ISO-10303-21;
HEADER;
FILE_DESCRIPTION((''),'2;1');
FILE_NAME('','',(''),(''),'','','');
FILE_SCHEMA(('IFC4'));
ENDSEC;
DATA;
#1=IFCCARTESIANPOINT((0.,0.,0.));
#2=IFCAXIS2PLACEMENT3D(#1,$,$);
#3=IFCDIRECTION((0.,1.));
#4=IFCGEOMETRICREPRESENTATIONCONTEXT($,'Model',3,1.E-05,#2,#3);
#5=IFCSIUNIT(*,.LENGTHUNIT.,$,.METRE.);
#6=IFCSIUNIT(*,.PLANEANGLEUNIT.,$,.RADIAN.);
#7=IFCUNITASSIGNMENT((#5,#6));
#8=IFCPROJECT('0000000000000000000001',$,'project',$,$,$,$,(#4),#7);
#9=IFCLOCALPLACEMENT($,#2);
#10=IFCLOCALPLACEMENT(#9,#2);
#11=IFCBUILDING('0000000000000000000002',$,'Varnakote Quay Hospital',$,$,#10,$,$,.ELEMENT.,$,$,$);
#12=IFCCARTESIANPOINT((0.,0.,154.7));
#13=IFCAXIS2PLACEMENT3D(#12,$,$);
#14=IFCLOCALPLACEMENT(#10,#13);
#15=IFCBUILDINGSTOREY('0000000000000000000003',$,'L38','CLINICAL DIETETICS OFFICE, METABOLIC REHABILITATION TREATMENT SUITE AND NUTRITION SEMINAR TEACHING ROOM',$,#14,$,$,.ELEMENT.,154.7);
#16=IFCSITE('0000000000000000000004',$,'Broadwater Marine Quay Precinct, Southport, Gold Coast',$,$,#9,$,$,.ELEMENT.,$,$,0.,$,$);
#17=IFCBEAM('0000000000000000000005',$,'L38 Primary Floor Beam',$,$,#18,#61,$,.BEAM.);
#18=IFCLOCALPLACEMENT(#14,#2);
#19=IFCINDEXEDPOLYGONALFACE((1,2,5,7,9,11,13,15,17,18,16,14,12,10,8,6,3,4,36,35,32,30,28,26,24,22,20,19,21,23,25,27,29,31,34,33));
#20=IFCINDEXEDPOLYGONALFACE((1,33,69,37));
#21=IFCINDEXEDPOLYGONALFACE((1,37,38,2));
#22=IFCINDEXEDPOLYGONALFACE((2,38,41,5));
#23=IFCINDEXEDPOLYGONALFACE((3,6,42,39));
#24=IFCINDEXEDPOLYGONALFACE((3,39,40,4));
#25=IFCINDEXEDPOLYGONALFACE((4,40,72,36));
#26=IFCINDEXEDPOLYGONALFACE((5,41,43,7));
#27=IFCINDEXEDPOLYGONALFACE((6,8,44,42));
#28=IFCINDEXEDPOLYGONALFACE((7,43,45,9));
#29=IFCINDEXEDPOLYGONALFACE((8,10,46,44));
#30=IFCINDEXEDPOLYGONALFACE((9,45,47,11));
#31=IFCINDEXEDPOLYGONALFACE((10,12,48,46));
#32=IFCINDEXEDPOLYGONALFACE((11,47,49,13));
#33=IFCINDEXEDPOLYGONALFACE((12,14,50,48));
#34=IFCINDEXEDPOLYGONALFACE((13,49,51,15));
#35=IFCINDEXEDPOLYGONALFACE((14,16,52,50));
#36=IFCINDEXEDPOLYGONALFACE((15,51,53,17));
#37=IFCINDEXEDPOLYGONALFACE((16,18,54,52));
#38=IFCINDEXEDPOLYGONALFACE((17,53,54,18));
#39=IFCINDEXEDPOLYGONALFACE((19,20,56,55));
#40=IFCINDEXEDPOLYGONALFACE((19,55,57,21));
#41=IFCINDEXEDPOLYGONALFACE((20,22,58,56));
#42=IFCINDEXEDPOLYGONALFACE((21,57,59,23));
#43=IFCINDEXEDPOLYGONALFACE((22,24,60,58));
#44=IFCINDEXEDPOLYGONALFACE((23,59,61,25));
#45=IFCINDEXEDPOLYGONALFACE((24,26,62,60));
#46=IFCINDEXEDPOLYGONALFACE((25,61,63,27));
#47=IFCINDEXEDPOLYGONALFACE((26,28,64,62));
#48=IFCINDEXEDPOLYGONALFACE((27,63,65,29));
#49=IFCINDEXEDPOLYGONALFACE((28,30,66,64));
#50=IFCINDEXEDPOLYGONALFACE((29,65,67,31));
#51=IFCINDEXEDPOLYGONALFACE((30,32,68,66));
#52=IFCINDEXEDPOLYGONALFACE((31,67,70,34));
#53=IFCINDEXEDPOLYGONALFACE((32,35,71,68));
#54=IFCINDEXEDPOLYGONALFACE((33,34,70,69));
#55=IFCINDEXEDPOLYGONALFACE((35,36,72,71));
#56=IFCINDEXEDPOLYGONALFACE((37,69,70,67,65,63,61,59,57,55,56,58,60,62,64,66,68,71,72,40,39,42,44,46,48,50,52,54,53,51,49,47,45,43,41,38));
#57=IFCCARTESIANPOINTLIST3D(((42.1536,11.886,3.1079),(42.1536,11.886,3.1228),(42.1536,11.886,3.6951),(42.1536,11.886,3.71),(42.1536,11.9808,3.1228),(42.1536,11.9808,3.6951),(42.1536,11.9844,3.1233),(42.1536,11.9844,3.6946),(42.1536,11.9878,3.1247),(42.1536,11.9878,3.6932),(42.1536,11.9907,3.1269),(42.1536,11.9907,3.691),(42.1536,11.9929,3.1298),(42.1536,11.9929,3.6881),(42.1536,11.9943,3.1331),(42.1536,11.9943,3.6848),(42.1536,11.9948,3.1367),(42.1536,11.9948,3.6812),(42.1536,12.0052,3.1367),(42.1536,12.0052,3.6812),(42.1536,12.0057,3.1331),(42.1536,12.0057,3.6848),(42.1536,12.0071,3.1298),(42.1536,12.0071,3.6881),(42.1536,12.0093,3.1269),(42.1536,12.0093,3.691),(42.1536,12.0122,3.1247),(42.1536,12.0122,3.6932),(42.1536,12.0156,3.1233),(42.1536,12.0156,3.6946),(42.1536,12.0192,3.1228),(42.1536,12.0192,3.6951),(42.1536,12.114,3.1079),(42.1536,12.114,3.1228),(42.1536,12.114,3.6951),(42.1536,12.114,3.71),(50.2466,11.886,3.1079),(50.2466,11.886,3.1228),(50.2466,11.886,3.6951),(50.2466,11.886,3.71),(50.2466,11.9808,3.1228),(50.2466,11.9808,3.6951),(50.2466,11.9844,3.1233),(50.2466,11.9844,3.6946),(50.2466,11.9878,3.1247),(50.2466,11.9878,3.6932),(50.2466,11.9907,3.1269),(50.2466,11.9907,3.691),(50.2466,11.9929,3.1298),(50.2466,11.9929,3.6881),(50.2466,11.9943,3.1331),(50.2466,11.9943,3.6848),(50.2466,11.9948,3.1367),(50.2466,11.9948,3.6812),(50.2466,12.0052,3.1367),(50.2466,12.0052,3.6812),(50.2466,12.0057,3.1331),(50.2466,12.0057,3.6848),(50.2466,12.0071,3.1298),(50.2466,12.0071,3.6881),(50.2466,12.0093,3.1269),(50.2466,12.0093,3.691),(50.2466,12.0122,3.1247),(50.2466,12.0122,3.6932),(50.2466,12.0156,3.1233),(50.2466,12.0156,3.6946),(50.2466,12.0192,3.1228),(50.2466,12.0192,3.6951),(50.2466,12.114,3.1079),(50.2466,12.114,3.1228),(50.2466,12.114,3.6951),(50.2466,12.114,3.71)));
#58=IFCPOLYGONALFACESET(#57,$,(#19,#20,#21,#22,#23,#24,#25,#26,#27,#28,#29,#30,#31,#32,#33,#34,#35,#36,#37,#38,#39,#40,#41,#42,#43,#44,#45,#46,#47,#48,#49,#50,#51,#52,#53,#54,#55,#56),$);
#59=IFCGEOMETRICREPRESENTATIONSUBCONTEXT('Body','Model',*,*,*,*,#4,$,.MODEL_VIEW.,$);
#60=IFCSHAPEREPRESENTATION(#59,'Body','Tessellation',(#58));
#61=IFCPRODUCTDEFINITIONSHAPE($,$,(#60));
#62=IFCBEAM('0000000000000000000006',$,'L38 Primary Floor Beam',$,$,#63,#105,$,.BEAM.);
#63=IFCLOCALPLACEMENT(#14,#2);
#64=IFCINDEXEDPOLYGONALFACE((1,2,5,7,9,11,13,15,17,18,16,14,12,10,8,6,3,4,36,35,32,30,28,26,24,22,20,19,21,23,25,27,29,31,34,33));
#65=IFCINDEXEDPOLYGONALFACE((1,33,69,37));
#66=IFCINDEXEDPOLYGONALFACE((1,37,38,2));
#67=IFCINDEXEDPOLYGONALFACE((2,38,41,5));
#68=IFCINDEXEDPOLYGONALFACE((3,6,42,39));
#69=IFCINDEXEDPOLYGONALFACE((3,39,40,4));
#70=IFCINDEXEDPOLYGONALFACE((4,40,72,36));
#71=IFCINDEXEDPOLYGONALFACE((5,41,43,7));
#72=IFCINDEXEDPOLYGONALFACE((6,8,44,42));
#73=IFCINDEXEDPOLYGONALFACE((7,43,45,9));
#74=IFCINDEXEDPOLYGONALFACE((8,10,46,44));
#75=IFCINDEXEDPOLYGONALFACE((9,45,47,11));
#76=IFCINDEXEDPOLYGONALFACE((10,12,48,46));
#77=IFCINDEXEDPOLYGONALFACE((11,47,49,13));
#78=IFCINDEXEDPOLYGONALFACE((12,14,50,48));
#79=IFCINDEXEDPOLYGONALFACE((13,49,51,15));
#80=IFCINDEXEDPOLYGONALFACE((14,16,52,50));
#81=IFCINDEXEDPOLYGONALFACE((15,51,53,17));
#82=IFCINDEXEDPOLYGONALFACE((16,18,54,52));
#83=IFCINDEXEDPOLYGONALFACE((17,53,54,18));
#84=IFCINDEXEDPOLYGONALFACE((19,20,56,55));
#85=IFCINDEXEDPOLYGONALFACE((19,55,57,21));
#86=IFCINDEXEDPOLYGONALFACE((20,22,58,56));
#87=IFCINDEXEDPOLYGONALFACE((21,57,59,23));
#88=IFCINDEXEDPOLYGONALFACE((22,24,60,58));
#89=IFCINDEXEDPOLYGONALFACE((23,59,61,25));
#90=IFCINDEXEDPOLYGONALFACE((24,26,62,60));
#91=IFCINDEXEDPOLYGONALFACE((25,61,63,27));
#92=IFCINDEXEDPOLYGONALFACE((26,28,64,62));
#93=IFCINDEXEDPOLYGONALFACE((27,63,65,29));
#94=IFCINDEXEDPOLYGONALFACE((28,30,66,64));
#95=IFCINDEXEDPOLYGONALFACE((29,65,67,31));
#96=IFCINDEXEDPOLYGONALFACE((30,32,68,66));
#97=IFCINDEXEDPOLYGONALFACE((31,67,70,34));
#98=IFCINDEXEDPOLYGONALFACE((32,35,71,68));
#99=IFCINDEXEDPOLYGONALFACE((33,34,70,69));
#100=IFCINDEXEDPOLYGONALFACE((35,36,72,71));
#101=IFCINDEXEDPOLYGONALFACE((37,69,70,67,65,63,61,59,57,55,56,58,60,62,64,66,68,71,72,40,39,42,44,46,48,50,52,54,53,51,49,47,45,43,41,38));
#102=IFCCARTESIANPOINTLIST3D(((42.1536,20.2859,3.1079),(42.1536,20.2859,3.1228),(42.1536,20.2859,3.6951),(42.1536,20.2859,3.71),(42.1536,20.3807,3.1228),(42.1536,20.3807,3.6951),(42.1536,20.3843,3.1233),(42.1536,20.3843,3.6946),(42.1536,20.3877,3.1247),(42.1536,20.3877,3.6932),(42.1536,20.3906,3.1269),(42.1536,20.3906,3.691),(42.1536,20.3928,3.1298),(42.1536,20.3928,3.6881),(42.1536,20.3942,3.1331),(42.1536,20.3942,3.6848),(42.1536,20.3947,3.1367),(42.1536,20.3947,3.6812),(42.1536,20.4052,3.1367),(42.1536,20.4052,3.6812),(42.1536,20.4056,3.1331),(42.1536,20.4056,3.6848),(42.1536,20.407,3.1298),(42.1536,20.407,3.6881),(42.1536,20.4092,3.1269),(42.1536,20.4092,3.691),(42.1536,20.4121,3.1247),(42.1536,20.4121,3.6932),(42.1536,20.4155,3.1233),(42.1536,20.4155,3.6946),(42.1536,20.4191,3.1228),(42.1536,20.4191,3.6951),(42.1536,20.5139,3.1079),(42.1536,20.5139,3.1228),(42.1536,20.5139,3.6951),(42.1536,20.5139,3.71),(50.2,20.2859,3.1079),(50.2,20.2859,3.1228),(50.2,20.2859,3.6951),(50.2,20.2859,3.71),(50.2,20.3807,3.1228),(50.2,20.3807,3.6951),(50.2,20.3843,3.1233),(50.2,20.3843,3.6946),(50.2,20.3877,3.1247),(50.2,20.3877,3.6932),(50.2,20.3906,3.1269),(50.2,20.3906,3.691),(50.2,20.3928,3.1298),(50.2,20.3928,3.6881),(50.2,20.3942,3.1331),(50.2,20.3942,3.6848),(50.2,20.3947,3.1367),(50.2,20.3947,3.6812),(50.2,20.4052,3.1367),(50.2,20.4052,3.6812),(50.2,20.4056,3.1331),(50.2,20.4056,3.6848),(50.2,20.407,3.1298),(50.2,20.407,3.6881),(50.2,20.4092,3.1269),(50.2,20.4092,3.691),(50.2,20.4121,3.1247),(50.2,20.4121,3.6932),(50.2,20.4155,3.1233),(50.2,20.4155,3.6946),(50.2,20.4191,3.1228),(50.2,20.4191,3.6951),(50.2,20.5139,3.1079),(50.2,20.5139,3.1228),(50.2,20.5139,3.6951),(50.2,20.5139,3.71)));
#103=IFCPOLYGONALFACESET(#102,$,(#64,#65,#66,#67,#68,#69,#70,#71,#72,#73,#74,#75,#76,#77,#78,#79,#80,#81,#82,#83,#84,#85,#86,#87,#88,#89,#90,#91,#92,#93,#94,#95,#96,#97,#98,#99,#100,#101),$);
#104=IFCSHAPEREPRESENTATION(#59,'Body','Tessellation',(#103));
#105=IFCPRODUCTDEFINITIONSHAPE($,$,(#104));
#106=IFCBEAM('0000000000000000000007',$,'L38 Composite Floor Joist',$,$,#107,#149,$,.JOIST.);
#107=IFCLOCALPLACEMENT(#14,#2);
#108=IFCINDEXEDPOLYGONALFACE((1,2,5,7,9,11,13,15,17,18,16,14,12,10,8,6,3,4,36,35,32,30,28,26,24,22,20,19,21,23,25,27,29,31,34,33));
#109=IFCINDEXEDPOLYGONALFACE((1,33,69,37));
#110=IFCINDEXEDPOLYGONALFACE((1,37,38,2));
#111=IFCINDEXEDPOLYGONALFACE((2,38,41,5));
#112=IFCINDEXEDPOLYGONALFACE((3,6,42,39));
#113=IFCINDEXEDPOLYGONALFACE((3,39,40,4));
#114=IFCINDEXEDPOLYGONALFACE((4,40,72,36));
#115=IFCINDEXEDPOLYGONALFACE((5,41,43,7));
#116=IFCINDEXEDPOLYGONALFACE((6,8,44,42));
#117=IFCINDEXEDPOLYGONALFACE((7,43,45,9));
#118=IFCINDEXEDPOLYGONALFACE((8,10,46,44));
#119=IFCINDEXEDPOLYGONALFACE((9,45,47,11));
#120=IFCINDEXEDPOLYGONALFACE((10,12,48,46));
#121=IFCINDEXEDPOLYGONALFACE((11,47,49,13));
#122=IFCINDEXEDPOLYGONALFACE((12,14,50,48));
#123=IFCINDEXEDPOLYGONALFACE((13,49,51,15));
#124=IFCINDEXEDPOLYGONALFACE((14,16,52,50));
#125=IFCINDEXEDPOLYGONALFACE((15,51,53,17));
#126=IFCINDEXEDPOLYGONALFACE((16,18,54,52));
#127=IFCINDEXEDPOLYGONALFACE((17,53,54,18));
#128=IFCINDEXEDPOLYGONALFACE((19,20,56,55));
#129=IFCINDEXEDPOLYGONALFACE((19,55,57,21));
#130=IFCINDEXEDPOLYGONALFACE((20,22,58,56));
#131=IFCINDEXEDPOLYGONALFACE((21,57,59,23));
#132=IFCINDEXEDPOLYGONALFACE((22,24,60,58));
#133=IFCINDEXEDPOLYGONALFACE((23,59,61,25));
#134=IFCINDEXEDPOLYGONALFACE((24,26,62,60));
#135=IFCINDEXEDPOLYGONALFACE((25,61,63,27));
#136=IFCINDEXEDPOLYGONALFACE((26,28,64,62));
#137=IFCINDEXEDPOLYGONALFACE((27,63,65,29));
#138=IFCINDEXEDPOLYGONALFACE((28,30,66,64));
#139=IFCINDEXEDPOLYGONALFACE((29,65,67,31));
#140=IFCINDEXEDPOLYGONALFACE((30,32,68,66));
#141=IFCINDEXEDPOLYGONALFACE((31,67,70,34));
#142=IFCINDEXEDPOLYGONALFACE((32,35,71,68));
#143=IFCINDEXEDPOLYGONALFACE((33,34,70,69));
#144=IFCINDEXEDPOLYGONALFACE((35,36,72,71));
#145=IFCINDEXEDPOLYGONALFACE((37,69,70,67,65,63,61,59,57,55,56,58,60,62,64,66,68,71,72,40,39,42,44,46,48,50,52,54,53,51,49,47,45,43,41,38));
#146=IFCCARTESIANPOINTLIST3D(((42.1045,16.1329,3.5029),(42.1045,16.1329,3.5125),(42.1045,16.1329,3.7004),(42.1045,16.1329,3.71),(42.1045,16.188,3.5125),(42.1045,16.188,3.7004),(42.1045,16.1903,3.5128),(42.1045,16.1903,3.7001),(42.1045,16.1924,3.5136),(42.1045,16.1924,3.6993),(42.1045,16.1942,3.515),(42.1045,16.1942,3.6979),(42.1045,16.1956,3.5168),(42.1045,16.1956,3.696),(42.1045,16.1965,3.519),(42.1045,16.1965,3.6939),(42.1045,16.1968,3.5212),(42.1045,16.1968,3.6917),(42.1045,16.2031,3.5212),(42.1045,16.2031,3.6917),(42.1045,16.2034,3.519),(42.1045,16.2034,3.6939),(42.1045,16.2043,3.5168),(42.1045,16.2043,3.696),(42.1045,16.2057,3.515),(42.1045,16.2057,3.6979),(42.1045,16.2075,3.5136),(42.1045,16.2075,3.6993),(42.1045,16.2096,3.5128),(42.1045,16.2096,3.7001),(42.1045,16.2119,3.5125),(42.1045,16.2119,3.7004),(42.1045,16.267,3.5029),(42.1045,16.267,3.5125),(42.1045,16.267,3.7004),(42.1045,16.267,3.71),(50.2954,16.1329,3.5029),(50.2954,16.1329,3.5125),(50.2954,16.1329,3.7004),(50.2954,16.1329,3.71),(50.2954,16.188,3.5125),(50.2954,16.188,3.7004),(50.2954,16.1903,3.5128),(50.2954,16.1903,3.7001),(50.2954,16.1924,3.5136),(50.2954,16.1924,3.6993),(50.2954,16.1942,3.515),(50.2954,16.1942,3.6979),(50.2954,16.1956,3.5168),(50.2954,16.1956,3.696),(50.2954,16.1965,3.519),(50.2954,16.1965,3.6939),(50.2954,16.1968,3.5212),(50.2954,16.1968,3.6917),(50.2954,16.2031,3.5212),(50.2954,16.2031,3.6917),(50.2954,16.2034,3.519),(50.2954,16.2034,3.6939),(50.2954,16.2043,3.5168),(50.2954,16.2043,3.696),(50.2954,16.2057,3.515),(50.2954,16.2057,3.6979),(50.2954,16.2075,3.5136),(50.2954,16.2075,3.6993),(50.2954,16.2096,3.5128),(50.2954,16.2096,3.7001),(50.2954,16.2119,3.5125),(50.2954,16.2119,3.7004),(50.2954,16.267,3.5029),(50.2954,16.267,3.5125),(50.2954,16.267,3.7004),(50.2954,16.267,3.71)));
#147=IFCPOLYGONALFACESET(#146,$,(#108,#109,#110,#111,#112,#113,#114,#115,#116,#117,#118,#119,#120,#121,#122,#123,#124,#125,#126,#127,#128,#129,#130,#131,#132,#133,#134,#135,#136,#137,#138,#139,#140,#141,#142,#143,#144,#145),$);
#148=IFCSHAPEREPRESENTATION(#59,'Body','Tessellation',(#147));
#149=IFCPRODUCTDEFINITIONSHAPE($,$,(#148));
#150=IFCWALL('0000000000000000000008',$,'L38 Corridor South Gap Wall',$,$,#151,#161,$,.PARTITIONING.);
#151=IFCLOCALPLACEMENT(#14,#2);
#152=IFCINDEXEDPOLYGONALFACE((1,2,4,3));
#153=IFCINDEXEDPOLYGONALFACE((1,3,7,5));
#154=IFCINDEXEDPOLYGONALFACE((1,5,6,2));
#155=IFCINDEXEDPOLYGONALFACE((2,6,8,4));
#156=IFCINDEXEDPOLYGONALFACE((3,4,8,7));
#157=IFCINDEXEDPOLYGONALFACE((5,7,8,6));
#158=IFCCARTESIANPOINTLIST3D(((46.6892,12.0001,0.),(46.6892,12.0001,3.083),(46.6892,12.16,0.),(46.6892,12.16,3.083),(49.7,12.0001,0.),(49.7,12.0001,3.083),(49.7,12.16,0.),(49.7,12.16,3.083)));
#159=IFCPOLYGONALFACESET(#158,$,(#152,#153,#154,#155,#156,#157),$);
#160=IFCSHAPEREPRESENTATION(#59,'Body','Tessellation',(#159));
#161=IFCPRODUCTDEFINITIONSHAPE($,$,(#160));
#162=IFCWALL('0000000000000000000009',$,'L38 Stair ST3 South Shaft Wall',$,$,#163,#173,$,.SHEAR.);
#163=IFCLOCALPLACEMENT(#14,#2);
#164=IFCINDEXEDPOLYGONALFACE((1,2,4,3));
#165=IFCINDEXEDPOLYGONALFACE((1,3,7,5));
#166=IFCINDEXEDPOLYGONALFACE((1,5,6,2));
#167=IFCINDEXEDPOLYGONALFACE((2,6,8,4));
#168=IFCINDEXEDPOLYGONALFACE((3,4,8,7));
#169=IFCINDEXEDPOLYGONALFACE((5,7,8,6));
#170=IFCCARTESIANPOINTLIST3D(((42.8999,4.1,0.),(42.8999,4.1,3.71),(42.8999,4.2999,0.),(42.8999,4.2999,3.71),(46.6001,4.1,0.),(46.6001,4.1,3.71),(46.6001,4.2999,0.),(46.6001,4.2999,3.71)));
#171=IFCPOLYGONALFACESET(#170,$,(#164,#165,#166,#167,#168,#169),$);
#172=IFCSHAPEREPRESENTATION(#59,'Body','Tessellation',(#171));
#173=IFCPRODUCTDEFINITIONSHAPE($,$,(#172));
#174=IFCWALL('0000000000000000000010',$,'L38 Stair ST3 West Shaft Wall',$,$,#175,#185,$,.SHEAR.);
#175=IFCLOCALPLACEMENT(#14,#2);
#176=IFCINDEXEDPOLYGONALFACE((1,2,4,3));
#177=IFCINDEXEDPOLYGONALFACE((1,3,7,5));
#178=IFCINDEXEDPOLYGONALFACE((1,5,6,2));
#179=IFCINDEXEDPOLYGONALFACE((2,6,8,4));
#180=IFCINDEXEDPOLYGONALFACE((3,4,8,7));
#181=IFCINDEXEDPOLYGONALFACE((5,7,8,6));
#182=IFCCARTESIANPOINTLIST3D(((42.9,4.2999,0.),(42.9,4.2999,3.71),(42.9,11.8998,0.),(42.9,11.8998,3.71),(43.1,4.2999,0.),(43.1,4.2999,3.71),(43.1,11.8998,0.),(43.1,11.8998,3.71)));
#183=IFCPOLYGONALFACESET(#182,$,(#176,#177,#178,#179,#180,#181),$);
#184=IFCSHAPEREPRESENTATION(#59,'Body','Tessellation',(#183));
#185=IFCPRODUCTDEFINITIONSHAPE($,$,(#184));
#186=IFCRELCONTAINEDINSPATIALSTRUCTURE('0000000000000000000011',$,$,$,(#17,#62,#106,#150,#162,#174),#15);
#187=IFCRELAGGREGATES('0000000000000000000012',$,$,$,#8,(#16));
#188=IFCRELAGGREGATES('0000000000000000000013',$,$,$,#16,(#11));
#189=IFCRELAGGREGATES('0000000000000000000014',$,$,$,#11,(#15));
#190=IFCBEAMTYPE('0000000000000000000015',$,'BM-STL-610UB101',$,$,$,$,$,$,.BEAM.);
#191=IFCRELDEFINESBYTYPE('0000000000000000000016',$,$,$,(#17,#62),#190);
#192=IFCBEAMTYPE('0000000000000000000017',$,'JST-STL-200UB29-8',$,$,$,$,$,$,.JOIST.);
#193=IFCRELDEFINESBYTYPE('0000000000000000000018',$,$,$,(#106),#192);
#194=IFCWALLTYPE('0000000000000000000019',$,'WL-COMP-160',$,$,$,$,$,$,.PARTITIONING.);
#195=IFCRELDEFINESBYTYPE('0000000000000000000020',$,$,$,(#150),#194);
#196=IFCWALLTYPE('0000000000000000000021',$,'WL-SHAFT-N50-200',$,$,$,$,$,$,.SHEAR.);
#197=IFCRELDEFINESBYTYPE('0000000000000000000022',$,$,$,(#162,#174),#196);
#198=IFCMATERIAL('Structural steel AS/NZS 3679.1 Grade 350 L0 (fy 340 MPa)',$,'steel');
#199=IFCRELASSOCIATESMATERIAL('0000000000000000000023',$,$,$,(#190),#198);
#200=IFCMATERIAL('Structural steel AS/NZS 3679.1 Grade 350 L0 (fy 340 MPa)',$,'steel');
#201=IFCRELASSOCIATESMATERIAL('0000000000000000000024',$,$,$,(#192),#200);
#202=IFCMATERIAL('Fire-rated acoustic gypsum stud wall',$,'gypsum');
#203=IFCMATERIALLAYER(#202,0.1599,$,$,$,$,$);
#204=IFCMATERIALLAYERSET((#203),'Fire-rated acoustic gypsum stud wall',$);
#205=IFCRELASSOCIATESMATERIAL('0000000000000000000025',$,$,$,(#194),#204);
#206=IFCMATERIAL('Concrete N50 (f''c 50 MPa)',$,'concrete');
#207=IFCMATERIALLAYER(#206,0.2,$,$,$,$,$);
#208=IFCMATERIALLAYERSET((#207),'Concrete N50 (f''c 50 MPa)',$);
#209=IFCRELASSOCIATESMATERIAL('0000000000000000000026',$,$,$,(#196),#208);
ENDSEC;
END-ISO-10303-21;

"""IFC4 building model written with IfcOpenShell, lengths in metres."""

from ifc_helpers import new_model, si_unit, direction, frame, frame_2d, origin, origin_2d, place, context, subcontext, project, spatial, rectangle, i_section, extrude, material, layer, layer_set, material_profile, profile_set, type_object, element, save


model = new_model("IFC4")

# Units and contexts
model_context = context("Model", 3, precision=1e-05, world=origin(), true_north=direction((0.0, 1.0)))
body_context = subcontext(model_context, "Body", "Model", "MODEL_VIEW")
ifc_project = project(units=[si_unit("LENGTHUNIT", "METRE"), si_unit("PLANEANGLEUNIT", "RADIAN")], contexts=[model_context])

# Site, building, storey
site_placement = place(None, origin())
site = spatial("IfcSite", under=ifc_project, at=site_placement, Name="Broadwater Marine Quay Precinct, Southport, Gold Coast", CompositionType="ELEMENT", RefElevation=0.0)
building_placement = place(site_placement, origin())
building = spatial("IfcBuilding", under=site, at=building_placement, Name="Varnakote Quay Hospital", CompositionType="ELEMENT")
storey_placement = place(building_placement, frame((0.0, 0.0, 154.7)))
storey = spatial("IfcBuildingStorey", under=building, at=storey_placement, Name="L38", Description="CLINICAL DIETETICS OFFICE, METABOLIC REHABILITATION TREATMENT SUITE AND NUTRITION SEMINAR TEACHING ROOM", CompositionType="ELEMENT", Elevation=154.7)

# Beams
ifc_material_1 = material(Name="Structural steel AS/NZS 3679.1 Grade 350 L0 (fy 340 MPa)", Category="steel")
ifc_material_profile_1 = material_profile(ifc_material_1, i_section(OverallWidth=0.228, OverallDepth=0.6021, WebThickness=0.0105, FlangeThickness=0.0149, FilletRadius=0.0139, at=origin_2d()), Name="610UB101")
ifc_profile_set_1 = profile_set([ifc_material_profile_1], Name="Structural steel AS/NZS 3679.1 Grade 350 L0 (fy 340 MPa)")
beam_type_1 = type_object("IfcBeamType", Name="BM-STL-610UB101", PredefinedType="BEAM", material=ifc_profile_set_1)
beam_1_placement = place(storey_placement, frame((42.1536, 12.0, 3.4089), z_axis=(1.0, 0.0, 0.0), x_axis=(0.0, 1.0, 0.0)))
element("IfcBeam", 1, at=beam_1_placement, inside=storey, type_object=beam_type_1, Name="L38 Primary Floor Beam", PredefinedType="BEAM", context=body_context, shape_type="SweptSolid", body=[
    extrude(i_section(OverallWidth=0.228, OverallDepth=0.6021, WebThickness=0.0105, FlangeThickness=0.0149, FilletRadius=0.0139, at=origin_2d()), origin(), (0.0, 0.0, 1.0), 8.093),
])
beam_2_placement = place(storey_placement, frame((42.1536, 20.3999, 3.4089), z_axis=(1.0, 0.0, 0.0), x_axis=(0.0, 1.0, 0.0)))
element("IfcBeam", 2, at=beam_2_placement, inside=storey, type_object=beam_type_1, Name="L38 Primary Floor Beam", PredefinedType="BEAM", context=body_context, shape_type="SweptSolid", body=[
    extrude(i_section(OverallWidth=0.228, OverallDepth=0.6021, WebThickness=0.0105, FlangeThickness=0.0149, FilletRadius=0.0139, at=origin_2d()), origin(), (0.0, 0.0, 1.0), 8.0464),
])
ifc_material_2 = material(Name="Structural steel AS/NZS 3679.1 Grade 350 L0 (fy 340 MPa)", Category="steel")
ifc_material_profile_2 = material_profile(ifc_material_2, i_section(OverallWidth=0.134, OverallDepth=0.207, WebThickness=0.0063, FlangeThickness=0.0095, FilletRadius=0.0088, at=origin_2d()), Name="200UB29.8")
ifc_profile_set_2 = profile_set([ifc_material_profile_2], Name="Structural steel AS/NZS 3679.1 Grade 350 L0 (fy 340 MPa)")
beam_type_2 = type_object("IfcBeamType", Name="JST-STL-200UB29-8", PredefinedType="JOIST", material=ifc_profile_set_2)
beam_3_placement = place(storey_placement, frame((42.1045, 16.2, 3.6064), z_axis=(1.0, 0.0, 0.0), x_axis=(0.0, 1.0, 0.0)))
element("IfcBeam", 3, at=beam_3_placement, inside=storey, type_object=beam_type_2, Name="L38 Composite Floor Joist", PredefinedType="JOIST", context=body_context, shape_type="SweptSolid", body=[
    extrude(i_section(OverallWidth=0.134, OverallDepth=0.207, WebThickness=0.0063, FlangeThickness=0.0095, FilletRadius=0.0088, at=origin_2d()), origin(), (0.0, 0.0, 1.0), 8.1909),
])

# Walls
ifc_material_3 = material(Name="Fire-rated acoustic gypsum stud wall", Category="gypsum")
ifc_layer_1 = layer(ifc_material_3, 0.1599)
ifc_layer_set_1 = layer_set([ifc_layer_1], Name="Fire-rated acoustic gypsum stud wall")
wall_type_1 = type_object("IfcWallType", Name="WL-COMP-160", PredefinedType="PARTITIONING", material=ifc_layer_set_1)
wall_1_placement = place(storey_placement, frame((46.6892, 12.0801, 0.0), z_axis=(0.0, 0.0, 1.0), x_axis=(1.0, 0.0, 0.0)))
element("IfcWall", 4, at=wall_1_placement, inside=storey, type_object=wall_type_1, Name="L38 Corridor South Gap Wall", PredefinedType="PARTITIONING", context=body_context, shape_type="SweptSolid", body=[
    extrude(rectangle(XDim=3.0107, YDim=0.1599, at=frame_2d((1.5054, 0.0))), origin(), (0.0, 0.0, 1.0), 3.083),
])
ifc_material_4 = material(Name="Concrete N50 (f'c 50 MPa)", Category="concrete")
ifc_layer_2 = layer(ifc_material_4, 0.2)
ifc_layer_set_2 = layer_set([ifc_layer_2], Name="Concrete N50 (f'c 50 MPa)")
wall_type_2 = type_object("IfcWallType", Name="WL-SHAFT-N50-200", PredefinedType="SHEAR", material=ifc_layer_set_2)
wall_2_placement = place(storey_placement, frame((42.8999, 4.2, 0.0), z_axis=(0.0, 0.0, 1.0), x_axis=(1.0, 0.0, 0.0)))
element("IfcWall", 5, at=wall_2_placement, inside=storey, type_object=wall_type_2, Name="L38 Stair ST3 South Shaft Wall", PredefinedType="SHEAR", context=body_context, shape_type="SweptSolid", body=[
    extrude(rectangle(XDim=3.7002, YDim=0.2, at=frame_2d((1.8501, 0.0))), origin(), (0.0, 0.0, 1.0), 3.71),
])
for number, where, z_axis, x_axis, name in (
    (6, (43.0, 4.3, 0.0), (0.0, 0.0, 1.0), (0.0, 1.0, 0.0), "L38 Stair ST3 West Shaft Wall"),
):
    element("IfcWall", number, at=place(storey_placement, frame(where, z_axis=z_axis, x_axis=x_axis)), inside=storey, type_object=wall_type_2, Name=name, PredefinedType="SHEAR", context=body_context, shape_type="SweptSolid", body=[
        extrude(rectangle(XDim=7.5999, YDim=0.2, at=frame_2d((3.7998, 0.0))), origin(), (0.0, 0.0, 1.0), 3.71),
    ])

save(model, "model.ifc")
